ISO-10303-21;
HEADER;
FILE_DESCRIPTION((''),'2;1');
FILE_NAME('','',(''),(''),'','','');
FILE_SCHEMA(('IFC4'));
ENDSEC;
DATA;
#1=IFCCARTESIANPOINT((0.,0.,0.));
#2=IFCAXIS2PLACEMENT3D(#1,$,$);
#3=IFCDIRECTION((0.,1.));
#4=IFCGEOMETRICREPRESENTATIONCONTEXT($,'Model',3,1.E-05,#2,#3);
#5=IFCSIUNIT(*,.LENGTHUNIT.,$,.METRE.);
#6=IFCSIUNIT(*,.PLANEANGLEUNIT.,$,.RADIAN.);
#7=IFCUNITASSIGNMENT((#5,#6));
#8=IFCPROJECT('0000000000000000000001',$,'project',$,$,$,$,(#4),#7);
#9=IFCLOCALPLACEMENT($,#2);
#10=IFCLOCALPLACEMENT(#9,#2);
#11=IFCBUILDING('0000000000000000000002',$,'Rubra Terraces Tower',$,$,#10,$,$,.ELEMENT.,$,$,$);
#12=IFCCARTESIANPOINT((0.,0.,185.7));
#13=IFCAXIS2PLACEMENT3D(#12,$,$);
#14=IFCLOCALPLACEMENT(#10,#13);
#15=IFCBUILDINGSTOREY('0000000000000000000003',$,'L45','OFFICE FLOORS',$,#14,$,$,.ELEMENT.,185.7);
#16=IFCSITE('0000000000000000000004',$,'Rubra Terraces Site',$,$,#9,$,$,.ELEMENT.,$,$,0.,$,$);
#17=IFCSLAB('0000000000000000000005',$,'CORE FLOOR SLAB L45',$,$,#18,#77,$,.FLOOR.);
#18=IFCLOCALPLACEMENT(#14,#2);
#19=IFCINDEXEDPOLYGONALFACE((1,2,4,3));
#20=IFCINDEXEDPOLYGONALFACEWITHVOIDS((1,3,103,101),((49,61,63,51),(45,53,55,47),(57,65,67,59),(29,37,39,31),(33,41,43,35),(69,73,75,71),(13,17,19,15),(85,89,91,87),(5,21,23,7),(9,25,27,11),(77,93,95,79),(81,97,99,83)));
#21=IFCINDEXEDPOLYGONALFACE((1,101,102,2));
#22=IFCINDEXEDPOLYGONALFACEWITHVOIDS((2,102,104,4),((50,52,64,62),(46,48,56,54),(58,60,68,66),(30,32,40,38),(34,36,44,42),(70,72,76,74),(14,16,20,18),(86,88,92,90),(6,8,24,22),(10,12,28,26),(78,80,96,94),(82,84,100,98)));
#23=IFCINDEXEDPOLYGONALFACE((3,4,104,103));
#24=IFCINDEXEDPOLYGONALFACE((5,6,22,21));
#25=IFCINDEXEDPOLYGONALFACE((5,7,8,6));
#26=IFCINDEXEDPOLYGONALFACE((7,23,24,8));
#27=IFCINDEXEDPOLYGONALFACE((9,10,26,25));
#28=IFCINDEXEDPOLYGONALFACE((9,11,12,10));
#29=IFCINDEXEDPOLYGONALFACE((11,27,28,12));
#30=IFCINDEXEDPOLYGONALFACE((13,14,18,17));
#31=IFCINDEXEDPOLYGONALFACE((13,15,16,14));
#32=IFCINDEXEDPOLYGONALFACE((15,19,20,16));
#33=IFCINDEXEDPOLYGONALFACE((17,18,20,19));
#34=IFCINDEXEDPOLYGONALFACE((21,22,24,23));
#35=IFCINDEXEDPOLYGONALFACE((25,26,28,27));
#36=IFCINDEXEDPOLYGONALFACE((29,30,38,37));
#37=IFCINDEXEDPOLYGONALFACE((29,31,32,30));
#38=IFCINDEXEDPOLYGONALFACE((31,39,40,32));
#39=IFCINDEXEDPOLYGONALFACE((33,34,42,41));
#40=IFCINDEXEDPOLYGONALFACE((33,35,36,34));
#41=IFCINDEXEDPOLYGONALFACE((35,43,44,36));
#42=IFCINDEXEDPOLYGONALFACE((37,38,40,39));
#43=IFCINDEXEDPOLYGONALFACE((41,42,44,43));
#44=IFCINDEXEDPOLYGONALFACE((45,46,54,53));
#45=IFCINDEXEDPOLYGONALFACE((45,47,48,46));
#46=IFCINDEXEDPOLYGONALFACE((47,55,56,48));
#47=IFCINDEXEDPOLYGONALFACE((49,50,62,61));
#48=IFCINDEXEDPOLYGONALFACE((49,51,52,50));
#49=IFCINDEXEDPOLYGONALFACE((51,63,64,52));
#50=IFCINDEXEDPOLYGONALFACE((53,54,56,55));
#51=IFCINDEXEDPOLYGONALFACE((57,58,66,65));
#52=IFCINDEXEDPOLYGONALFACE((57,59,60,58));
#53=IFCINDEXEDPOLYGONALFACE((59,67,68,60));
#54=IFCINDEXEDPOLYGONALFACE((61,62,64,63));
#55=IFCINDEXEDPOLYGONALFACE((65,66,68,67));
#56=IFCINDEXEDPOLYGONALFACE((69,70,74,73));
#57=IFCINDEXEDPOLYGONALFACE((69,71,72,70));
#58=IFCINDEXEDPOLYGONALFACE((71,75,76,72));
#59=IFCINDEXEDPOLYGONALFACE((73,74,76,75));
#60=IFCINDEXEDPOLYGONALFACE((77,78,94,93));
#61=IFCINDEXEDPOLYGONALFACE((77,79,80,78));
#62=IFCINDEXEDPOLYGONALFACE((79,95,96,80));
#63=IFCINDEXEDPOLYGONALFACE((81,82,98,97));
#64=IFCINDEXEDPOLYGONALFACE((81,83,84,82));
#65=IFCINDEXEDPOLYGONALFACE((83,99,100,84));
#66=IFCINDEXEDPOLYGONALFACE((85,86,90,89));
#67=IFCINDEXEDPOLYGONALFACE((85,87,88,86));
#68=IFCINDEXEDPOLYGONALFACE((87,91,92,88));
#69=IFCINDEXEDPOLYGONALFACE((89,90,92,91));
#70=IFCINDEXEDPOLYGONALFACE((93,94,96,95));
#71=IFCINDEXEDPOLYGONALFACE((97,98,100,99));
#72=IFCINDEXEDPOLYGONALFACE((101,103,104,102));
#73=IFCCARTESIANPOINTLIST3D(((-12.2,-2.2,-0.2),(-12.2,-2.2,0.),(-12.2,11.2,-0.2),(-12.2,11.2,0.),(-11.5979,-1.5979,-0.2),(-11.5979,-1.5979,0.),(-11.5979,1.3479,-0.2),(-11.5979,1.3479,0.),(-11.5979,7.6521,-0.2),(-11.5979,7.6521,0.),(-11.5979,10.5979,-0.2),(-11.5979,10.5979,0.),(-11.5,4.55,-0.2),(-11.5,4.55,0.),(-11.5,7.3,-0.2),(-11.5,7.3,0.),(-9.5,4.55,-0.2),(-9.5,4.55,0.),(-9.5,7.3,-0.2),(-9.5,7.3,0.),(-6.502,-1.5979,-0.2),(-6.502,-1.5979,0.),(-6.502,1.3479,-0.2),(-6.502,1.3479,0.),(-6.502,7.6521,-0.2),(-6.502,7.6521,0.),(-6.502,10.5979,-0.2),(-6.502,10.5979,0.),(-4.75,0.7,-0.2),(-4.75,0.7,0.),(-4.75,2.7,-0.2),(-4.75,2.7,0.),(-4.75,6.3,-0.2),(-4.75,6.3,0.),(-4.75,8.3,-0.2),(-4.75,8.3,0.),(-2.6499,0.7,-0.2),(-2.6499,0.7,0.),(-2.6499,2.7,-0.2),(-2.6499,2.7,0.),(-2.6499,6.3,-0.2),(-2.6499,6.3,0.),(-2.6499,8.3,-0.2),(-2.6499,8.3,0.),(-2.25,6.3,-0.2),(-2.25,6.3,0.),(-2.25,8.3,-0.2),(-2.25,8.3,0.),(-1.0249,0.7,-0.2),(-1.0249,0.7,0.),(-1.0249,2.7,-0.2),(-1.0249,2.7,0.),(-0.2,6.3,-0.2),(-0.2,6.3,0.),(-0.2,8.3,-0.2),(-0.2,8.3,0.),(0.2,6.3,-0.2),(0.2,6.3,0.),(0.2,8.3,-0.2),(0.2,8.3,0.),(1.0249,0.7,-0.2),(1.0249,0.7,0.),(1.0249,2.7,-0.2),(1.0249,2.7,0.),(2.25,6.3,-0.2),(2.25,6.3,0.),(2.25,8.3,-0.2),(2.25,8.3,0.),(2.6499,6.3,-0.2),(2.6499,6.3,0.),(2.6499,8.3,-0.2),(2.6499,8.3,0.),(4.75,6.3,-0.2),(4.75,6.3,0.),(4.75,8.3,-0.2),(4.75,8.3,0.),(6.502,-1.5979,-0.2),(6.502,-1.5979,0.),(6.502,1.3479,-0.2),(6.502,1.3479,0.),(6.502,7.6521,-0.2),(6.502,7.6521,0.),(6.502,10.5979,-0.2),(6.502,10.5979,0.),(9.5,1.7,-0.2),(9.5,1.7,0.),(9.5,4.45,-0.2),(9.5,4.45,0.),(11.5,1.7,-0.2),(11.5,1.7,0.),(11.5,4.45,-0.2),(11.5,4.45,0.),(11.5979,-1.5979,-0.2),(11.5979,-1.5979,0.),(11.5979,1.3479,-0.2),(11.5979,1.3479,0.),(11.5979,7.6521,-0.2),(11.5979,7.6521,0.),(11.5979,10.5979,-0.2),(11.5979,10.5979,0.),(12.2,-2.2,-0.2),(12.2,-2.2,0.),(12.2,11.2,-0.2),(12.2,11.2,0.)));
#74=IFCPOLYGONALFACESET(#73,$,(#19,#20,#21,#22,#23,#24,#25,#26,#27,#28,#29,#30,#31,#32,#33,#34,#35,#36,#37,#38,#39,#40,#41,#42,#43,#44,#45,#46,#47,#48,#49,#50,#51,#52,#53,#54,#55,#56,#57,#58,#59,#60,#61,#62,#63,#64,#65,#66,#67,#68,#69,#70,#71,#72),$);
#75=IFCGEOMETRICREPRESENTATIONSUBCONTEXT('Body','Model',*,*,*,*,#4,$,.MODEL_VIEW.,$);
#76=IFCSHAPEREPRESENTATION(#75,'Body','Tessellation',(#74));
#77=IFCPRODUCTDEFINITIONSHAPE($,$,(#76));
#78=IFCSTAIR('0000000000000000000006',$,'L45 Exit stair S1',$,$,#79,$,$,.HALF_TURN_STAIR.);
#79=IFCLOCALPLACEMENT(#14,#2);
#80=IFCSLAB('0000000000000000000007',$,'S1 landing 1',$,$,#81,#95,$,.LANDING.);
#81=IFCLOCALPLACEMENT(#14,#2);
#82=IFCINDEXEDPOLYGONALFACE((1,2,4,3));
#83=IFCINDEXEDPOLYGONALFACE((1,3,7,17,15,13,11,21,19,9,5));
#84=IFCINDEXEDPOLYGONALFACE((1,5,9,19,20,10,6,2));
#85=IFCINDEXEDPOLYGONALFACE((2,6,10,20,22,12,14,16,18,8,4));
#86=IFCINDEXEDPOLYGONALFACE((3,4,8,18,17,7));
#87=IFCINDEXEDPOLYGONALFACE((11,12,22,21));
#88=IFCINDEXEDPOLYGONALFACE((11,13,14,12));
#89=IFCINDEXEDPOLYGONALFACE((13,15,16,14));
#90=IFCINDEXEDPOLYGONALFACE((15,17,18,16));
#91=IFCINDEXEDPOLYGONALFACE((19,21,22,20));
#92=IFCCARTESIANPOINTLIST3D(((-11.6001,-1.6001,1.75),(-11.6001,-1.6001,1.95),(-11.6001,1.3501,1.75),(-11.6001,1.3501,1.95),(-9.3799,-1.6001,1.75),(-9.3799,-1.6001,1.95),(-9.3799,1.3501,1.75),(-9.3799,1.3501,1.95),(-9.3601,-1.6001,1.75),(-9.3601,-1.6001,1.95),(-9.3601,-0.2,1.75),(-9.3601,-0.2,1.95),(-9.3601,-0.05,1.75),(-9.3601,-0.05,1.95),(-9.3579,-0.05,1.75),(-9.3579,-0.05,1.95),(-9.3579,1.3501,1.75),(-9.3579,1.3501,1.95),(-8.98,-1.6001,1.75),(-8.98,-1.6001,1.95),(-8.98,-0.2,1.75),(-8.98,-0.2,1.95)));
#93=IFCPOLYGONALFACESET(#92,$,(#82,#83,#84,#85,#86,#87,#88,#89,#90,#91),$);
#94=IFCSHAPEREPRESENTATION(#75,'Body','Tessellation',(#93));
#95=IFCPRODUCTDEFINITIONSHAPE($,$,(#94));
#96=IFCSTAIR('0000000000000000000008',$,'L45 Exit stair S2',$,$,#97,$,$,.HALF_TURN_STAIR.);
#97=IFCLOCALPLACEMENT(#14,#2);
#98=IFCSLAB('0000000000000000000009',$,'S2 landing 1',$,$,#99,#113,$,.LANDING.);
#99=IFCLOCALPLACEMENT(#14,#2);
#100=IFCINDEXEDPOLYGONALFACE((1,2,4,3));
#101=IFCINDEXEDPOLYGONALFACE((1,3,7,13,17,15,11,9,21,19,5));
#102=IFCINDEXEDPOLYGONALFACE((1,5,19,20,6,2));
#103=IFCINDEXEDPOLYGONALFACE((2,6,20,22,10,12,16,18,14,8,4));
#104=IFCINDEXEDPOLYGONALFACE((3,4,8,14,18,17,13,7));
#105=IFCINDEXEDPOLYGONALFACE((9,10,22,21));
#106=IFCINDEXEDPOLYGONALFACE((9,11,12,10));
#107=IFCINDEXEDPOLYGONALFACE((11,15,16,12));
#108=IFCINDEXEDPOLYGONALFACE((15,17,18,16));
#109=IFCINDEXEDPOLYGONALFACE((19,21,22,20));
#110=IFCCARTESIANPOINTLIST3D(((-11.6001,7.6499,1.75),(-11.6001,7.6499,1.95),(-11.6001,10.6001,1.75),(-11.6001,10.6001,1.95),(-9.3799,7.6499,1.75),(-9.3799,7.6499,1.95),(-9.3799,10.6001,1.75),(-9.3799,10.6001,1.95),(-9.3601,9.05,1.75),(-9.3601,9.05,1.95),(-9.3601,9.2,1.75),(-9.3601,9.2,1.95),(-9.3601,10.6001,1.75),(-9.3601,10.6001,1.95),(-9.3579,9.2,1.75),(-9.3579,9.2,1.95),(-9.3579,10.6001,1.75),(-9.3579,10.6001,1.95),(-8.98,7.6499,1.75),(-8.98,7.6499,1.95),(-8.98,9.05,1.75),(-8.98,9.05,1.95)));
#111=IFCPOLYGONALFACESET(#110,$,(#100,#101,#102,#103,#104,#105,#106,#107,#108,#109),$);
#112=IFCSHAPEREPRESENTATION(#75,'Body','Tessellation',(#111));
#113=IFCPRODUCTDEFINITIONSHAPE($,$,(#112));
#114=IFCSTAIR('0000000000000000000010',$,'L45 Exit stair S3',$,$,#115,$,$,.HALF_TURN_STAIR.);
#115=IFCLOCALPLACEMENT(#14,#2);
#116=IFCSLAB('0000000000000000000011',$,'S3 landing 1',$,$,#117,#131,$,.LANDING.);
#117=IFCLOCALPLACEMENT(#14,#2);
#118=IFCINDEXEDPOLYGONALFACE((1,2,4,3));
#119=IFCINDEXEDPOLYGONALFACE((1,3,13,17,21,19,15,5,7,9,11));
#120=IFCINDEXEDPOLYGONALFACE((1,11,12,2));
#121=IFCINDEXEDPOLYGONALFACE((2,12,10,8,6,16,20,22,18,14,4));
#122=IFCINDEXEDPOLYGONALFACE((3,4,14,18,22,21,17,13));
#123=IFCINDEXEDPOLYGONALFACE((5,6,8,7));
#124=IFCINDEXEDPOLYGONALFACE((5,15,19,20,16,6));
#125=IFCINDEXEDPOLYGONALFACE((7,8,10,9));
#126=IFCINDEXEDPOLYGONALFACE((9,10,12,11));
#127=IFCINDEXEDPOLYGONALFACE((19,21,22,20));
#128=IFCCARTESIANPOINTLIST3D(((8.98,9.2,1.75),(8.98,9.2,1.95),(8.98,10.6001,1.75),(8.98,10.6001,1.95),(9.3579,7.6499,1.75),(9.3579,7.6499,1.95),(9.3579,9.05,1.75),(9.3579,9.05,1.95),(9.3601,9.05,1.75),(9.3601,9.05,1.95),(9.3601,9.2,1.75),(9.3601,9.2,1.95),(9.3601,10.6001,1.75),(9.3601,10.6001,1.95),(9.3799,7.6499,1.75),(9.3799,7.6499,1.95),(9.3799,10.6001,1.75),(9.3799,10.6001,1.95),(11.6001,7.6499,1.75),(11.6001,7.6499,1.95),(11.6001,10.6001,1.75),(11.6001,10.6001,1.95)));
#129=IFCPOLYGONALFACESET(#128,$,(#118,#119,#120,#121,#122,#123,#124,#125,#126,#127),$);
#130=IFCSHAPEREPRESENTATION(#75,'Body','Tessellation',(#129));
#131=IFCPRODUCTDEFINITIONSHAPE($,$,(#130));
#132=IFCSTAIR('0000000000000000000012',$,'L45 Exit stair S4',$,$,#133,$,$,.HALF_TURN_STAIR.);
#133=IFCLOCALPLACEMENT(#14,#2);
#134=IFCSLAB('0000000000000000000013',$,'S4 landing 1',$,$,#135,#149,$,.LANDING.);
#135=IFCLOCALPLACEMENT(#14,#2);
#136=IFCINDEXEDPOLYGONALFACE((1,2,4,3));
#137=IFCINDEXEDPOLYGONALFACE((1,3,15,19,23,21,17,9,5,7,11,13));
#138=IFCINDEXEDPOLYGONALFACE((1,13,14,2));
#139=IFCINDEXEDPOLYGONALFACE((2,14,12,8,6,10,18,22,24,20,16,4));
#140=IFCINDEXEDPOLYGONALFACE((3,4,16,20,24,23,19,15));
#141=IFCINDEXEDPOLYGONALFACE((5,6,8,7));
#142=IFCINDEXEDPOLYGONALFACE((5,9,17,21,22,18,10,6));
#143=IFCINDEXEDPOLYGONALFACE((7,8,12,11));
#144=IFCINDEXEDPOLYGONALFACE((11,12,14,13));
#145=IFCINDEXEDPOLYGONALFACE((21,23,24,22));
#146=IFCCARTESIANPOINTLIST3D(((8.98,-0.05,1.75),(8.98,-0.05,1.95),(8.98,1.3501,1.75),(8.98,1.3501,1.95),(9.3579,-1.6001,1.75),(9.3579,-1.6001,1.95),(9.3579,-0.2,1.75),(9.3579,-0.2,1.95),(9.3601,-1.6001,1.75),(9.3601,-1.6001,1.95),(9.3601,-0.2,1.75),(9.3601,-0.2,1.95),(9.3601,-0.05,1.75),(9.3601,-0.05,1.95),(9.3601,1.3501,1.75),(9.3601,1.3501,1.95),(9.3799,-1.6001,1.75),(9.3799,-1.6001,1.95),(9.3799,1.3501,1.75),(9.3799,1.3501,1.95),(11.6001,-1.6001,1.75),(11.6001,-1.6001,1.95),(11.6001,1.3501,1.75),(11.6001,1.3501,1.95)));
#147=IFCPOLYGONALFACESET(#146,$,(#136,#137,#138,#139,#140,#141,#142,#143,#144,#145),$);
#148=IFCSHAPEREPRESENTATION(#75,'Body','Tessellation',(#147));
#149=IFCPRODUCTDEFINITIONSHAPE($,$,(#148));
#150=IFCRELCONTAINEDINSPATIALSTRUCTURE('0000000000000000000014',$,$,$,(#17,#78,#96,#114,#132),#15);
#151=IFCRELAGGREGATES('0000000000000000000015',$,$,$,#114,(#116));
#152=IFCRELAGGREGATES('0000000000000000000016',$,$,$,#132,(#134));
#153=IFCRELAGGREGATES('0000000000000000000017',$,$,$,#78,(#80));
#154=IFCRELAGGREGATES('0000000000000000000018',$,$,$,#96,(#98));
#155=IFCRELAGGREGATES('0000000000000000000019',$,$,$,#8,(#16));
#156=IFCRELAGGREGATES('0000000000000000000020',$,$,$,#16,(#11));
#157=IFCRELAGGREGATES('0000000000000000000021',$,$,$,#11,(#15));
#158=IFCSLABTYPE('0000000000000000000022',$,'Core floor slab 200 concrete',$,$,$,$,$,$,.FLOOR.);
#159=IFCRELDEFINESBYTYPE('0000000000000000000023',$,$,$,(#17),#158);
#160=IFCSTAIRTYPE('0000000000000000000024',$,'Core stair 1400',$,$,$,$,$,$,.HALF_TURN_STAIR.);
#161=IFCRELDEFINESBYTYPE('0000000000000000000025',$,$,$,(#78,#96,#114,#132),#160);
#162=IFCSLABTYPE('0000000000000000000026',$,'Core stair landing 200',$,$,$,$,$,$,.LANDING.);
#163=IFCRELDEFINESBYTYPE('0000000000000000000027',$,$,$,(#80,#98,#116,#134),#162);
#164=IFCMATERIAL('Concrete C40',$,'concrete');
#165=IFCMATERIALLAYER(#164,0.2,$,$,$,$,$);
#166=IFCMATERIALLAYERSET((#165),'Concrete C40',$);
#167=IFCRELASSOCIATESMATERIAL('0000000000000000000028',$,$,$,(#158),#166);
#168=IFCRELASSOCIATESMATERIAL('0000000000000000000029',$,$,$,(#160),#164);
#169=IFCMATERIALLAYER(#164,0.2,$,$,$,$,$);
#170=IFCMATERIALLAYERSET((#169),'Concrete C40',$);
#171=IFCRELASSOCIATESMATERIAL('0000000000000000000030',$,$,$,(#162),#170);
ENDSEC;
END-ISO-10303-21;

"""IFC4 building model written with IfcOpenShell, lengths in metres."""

from ifc_helpers import new_model, si_unit, direction, frame, origin, place, context, subcontext, project, spatial, polyline, outline, extrude, material, layer, layer_set, type_object, element, aggregate, save


model = new_model("IFC4")

# Units and contexts
model_context = context("Model", 3, precision=1e-05, world=origin(), true_north=direction((0.0, 1.0)))
body_context = subcontext(model_context, "Body", "Model", "MODEL_VIEW")
ifc_project = project(units=[si_unit("LENGTHUNIT", "METRE"), si_unit("PLANEANGLEUNIT", "RADIAN")], contexts=[model_context])

# Site, building, storey
site_placement = place(None, origin())
site = spatial("IfcSite", under=ifc_project, at=site_placement, Name="Rubra Terraces Site", CompositionType="ELEMENT", RefElevation=0.0)
building_placement = place(site_placement, origin())
building = spatial("IfcBuilding", under=site, at=building_placement, Name="Rubra Terraces Tower", CompositionType="ELEMENT")
storey_placement = place(building_placement, frame((0.0, 0.0, 185.7)))
storey = spatial("IfcBuildingStorey", under=building, at=storey_placement, Name="L45", Description="OFFICE FLOORS", CompositionType="ELEMENT", Elevation=185.7)

# Slab
ifc_material_1 = material(Name="Concrete C40", Category="concrete")
ifc_layer_1 = layer(ifc_material_1, 0.2)
ifc_layer_set_1 = layer_set([ifc_layer_1], Name="Concrete C40")
slab_type_1 = type_object("IfcSlabType", Name="Core floor slab 200 concrete", PredefinedType="FLOOR", material=ifc_layer_set_1)
slab_1_placement = place(storey_placement, frame((0.0, 0.0, -0.2)))
element("IfcSlab", 1, at=slab_1_placement, inside=storey, type_object=slab_type_1, Name="CORE FLOOR SLAB L45", PredefinedType="FLOOR", context=body_context, shape_type="SweptSolid", body=[
    extrude(outline(polyline([(-12.2, -2.2), (-12.2, 11.2), (12.2, 11.2), (12.2, -2.2), (-12.2, -2.2)]), holes=[polyline([(11.5979, 1.3479), (6.502, 1.3479), (6.502, -1.5979), (11.5979, -1.5979), (11.5979, 1.3479)]), polyline([(11.5979, 7.6521), (11.5979, 10.5979), (6.502, 10.5979), (6.502, 7.6521), (11.5979, 7.6521)]), polyline([(9.5, 1.7), (11.5, 1.7), (11.5, 4.45), (9.5, 4.45), (9.5, 1.7)]), polyline([(4.75, 6.3), (4.75, 8.3), (2.6499, 8.3), (2.6499, 6.3), (4.75, 6.3)]), polyline([(2.25, 8.3), (0.2, 8.3), (0.2, 6.3), (2.25, 6.3), (2.25, 8.3)]), polyline([(1.0249, 0.7), (1.0249, 2.7), (-1.0249, 2.7), (-1.0249, 0.7), (1.0249, 0.7)]), polyline([(-0.2, 6.3), (-0.2, 8.3), (-2.25, 8.3), (-2.25, 6.3), (-0.2, 6.3)]), polyline([(-4.75, 8.3), (-4.75, 6.3), (-2.6499, 6.3), (-2.6499, 8.3), (-4.75, 8.3)]), polyline([(-2.6499, 0.7), (-2.6499, 2.7), (-4.75, 2.7), (-4.75, 0.7), (-2.6499, 0.7)]), polyline([(-11.5979, -1.5979), (-6.502, -1.5979), (-6.502, 1.3479), (-11.5979, 1.3479), (-11.5979, -1.5979)]), polyline([(-11.5979, 10.5979), (-11.5979, 7.6521), (-6.502, 7.6521), (-6.502, 10.5979), (-11.5979, 10.5979)]), polyline([(-9.5, 4.55), (-9.5, 7.3), (-11.5, 7.3), (-11.5, 4.55), (-9.5, 4.55)])]), origin(), (0.0, 0.0, 1.0), 0.2),
])

# Stairs, slabs
stair_type = type_object("IfcStairType", Name="Core stair 1400", PredefinedType="HALF_TURN_STAIR", material=ifc_material_1)
stair_1_placement = place(storey_placement, origin())
stair_1 = element("IfcStair", 2, at=stair_1_placement, inside=storey, type_object=stair_type, Name="L45 Exit stair S1", PredefinedType="HALF_TURN_STAIR")
ifc_layer_2 = layer(ifc_material_1, 0.2)
ifc_layer_set_2 = layer_set([ifc_layer_2], Name="Concrete C40")
slab_type_2 = type_object("IfcSlabType", Name="Core stair landing 200", PredefinedType="LANDING", material=ifc_layer_set_2)
slab_2_placement = place(storey_placement, frame((0.0, 0.0, 1.75)))
slab_2 = element("IfcSlab", 3, at=slab_2_placement, type_object=slab_type_2, Name="S1 landing 1", PredefinedType="LANDING", context=body_context, shape_type="SweptSolid", body=[
    extrude(outline(polyline([(-8.98, -0.2), (-8.98, -1.6001), (-9.3601, -1.6001), (-9.3799, -1.6001), (-11.6001, -1.6001), (-11.6001, 1.3501), (-9.3799, 1.3501), (-9.3579, 1.3501), (-9.3579, -0.05), (-9.3601, -0.05), (-9.3601, -0.2), (-8.98, -0.2)])), origin(), (0.0, 0.0, 1.0), 0.2),
])
stair_2_placement = place(storey_placement, origin())
stair_2 = element("IfcStair", 4, at=stair_2_placement, inside=storey, type_object=stair_type, Name="L45 Exit stair S2", PredefinedType="HALF_TURN_STAIR")
slab_3_placement = place(storey_placement, frame((0.0, 0.0, 1.75)))
slab_3 = element("IfcSlab", 5, at=slab_3_placement, type_object=slab_type_2, Name="S2 landing 1", PredefinedType="LANDING", context=body_context, shape_type="SweptSolid", body=[
    extrude(outline(polyline([(-8.98, 9.05), (-8.98, 7.6499), (-9.3799, 7.6499), (-11.6001, 7.6499), (-11.6001, 10.6001), (-9.3799, 10.6001), (-9.3601, 10.6001), (-9.3579, 10.6001), (-9.3579, 9.2), (-9.3601, 9.2), (-9.3601, 9.05), (-8.98, 9.05)])), origin(), (0.0, 0.0, 1.0), 0.2),
])
stair_3_placement = place(storey_placement, origin())
stair_3 = element("IfcStair", 6, at=stair_3_placement, inside=storey, type_object=stair_type, Name="L45 Exit stair S3", PredefinedType="HALF_TURN_STAIR")
slab_4_placement = place(storey_placement, frame((0.0, 0.0, 1.75)))
slab_4 = element("IfcSlab", 7, at=slab_4_placement, type_object=slab_type_2, Name="S3 landing 1", PredefinedType="LANDING", context=body_context, shape_type="SweptSolid", body=[
    extrude(outline(polyline([(9.3601, 9.05), (9.3601, 9.2), (8.98, 9.2), (8.98, 10.6001), (9.3601, 10.6001), (9.3799, 10.6001), (11.6001, 10.6001), (11.6001, 7.6499), (9.3799, 7.6499), (9.3579, 7.6499), (9.3579, 9.05), (9.3601, 9.05)])), origin(), (0.0, 0.0, 1.0), 0.2),
])
aggregate(stair_3, [slab_4])
stair_4_placement = place(storey_placement, origin())
stair_4 = element("IfcStair", 8, at=stair_4_placement, inside=storey, type_object=stair_type, Name="L45 Exit stair S4", PredefinedType="HALF_TURN_STAIR")
slab_5_placement = place(storey_placement, frame((0.0, 0.0, 1.75)))
slab_5 = element("IfcSlab", 9, at=slab_5_placement, type_object=slab_type_2, Name="S4 landing 1", PredefinedType="LANDING", context=body_context, shape_type="SweptSolid", body=[
    extrude(outline(polyline([(9.3601, -0.2), (9.3601, -0.05), (8.98, -0.05), (8.98, 1.3501), (9.3601, 1.3501), (9.3799, 1.3501), (11.6001, 1.3501), (11.6001, -1.6001), (9.3799, -1.6001), (9.3601, -1.6001), (9.3579, -1.6001), (9.3579, -0.2), (9.3601, -0.2)])), origin(), (0.0, 0.0, 1.0), 0.2),
])
aggregate(stair_4, [slab_5])

aggregate(stair_1, [slab_2])
aggregate(stair_2, [slab_3])

save(model, "model.ifc")
